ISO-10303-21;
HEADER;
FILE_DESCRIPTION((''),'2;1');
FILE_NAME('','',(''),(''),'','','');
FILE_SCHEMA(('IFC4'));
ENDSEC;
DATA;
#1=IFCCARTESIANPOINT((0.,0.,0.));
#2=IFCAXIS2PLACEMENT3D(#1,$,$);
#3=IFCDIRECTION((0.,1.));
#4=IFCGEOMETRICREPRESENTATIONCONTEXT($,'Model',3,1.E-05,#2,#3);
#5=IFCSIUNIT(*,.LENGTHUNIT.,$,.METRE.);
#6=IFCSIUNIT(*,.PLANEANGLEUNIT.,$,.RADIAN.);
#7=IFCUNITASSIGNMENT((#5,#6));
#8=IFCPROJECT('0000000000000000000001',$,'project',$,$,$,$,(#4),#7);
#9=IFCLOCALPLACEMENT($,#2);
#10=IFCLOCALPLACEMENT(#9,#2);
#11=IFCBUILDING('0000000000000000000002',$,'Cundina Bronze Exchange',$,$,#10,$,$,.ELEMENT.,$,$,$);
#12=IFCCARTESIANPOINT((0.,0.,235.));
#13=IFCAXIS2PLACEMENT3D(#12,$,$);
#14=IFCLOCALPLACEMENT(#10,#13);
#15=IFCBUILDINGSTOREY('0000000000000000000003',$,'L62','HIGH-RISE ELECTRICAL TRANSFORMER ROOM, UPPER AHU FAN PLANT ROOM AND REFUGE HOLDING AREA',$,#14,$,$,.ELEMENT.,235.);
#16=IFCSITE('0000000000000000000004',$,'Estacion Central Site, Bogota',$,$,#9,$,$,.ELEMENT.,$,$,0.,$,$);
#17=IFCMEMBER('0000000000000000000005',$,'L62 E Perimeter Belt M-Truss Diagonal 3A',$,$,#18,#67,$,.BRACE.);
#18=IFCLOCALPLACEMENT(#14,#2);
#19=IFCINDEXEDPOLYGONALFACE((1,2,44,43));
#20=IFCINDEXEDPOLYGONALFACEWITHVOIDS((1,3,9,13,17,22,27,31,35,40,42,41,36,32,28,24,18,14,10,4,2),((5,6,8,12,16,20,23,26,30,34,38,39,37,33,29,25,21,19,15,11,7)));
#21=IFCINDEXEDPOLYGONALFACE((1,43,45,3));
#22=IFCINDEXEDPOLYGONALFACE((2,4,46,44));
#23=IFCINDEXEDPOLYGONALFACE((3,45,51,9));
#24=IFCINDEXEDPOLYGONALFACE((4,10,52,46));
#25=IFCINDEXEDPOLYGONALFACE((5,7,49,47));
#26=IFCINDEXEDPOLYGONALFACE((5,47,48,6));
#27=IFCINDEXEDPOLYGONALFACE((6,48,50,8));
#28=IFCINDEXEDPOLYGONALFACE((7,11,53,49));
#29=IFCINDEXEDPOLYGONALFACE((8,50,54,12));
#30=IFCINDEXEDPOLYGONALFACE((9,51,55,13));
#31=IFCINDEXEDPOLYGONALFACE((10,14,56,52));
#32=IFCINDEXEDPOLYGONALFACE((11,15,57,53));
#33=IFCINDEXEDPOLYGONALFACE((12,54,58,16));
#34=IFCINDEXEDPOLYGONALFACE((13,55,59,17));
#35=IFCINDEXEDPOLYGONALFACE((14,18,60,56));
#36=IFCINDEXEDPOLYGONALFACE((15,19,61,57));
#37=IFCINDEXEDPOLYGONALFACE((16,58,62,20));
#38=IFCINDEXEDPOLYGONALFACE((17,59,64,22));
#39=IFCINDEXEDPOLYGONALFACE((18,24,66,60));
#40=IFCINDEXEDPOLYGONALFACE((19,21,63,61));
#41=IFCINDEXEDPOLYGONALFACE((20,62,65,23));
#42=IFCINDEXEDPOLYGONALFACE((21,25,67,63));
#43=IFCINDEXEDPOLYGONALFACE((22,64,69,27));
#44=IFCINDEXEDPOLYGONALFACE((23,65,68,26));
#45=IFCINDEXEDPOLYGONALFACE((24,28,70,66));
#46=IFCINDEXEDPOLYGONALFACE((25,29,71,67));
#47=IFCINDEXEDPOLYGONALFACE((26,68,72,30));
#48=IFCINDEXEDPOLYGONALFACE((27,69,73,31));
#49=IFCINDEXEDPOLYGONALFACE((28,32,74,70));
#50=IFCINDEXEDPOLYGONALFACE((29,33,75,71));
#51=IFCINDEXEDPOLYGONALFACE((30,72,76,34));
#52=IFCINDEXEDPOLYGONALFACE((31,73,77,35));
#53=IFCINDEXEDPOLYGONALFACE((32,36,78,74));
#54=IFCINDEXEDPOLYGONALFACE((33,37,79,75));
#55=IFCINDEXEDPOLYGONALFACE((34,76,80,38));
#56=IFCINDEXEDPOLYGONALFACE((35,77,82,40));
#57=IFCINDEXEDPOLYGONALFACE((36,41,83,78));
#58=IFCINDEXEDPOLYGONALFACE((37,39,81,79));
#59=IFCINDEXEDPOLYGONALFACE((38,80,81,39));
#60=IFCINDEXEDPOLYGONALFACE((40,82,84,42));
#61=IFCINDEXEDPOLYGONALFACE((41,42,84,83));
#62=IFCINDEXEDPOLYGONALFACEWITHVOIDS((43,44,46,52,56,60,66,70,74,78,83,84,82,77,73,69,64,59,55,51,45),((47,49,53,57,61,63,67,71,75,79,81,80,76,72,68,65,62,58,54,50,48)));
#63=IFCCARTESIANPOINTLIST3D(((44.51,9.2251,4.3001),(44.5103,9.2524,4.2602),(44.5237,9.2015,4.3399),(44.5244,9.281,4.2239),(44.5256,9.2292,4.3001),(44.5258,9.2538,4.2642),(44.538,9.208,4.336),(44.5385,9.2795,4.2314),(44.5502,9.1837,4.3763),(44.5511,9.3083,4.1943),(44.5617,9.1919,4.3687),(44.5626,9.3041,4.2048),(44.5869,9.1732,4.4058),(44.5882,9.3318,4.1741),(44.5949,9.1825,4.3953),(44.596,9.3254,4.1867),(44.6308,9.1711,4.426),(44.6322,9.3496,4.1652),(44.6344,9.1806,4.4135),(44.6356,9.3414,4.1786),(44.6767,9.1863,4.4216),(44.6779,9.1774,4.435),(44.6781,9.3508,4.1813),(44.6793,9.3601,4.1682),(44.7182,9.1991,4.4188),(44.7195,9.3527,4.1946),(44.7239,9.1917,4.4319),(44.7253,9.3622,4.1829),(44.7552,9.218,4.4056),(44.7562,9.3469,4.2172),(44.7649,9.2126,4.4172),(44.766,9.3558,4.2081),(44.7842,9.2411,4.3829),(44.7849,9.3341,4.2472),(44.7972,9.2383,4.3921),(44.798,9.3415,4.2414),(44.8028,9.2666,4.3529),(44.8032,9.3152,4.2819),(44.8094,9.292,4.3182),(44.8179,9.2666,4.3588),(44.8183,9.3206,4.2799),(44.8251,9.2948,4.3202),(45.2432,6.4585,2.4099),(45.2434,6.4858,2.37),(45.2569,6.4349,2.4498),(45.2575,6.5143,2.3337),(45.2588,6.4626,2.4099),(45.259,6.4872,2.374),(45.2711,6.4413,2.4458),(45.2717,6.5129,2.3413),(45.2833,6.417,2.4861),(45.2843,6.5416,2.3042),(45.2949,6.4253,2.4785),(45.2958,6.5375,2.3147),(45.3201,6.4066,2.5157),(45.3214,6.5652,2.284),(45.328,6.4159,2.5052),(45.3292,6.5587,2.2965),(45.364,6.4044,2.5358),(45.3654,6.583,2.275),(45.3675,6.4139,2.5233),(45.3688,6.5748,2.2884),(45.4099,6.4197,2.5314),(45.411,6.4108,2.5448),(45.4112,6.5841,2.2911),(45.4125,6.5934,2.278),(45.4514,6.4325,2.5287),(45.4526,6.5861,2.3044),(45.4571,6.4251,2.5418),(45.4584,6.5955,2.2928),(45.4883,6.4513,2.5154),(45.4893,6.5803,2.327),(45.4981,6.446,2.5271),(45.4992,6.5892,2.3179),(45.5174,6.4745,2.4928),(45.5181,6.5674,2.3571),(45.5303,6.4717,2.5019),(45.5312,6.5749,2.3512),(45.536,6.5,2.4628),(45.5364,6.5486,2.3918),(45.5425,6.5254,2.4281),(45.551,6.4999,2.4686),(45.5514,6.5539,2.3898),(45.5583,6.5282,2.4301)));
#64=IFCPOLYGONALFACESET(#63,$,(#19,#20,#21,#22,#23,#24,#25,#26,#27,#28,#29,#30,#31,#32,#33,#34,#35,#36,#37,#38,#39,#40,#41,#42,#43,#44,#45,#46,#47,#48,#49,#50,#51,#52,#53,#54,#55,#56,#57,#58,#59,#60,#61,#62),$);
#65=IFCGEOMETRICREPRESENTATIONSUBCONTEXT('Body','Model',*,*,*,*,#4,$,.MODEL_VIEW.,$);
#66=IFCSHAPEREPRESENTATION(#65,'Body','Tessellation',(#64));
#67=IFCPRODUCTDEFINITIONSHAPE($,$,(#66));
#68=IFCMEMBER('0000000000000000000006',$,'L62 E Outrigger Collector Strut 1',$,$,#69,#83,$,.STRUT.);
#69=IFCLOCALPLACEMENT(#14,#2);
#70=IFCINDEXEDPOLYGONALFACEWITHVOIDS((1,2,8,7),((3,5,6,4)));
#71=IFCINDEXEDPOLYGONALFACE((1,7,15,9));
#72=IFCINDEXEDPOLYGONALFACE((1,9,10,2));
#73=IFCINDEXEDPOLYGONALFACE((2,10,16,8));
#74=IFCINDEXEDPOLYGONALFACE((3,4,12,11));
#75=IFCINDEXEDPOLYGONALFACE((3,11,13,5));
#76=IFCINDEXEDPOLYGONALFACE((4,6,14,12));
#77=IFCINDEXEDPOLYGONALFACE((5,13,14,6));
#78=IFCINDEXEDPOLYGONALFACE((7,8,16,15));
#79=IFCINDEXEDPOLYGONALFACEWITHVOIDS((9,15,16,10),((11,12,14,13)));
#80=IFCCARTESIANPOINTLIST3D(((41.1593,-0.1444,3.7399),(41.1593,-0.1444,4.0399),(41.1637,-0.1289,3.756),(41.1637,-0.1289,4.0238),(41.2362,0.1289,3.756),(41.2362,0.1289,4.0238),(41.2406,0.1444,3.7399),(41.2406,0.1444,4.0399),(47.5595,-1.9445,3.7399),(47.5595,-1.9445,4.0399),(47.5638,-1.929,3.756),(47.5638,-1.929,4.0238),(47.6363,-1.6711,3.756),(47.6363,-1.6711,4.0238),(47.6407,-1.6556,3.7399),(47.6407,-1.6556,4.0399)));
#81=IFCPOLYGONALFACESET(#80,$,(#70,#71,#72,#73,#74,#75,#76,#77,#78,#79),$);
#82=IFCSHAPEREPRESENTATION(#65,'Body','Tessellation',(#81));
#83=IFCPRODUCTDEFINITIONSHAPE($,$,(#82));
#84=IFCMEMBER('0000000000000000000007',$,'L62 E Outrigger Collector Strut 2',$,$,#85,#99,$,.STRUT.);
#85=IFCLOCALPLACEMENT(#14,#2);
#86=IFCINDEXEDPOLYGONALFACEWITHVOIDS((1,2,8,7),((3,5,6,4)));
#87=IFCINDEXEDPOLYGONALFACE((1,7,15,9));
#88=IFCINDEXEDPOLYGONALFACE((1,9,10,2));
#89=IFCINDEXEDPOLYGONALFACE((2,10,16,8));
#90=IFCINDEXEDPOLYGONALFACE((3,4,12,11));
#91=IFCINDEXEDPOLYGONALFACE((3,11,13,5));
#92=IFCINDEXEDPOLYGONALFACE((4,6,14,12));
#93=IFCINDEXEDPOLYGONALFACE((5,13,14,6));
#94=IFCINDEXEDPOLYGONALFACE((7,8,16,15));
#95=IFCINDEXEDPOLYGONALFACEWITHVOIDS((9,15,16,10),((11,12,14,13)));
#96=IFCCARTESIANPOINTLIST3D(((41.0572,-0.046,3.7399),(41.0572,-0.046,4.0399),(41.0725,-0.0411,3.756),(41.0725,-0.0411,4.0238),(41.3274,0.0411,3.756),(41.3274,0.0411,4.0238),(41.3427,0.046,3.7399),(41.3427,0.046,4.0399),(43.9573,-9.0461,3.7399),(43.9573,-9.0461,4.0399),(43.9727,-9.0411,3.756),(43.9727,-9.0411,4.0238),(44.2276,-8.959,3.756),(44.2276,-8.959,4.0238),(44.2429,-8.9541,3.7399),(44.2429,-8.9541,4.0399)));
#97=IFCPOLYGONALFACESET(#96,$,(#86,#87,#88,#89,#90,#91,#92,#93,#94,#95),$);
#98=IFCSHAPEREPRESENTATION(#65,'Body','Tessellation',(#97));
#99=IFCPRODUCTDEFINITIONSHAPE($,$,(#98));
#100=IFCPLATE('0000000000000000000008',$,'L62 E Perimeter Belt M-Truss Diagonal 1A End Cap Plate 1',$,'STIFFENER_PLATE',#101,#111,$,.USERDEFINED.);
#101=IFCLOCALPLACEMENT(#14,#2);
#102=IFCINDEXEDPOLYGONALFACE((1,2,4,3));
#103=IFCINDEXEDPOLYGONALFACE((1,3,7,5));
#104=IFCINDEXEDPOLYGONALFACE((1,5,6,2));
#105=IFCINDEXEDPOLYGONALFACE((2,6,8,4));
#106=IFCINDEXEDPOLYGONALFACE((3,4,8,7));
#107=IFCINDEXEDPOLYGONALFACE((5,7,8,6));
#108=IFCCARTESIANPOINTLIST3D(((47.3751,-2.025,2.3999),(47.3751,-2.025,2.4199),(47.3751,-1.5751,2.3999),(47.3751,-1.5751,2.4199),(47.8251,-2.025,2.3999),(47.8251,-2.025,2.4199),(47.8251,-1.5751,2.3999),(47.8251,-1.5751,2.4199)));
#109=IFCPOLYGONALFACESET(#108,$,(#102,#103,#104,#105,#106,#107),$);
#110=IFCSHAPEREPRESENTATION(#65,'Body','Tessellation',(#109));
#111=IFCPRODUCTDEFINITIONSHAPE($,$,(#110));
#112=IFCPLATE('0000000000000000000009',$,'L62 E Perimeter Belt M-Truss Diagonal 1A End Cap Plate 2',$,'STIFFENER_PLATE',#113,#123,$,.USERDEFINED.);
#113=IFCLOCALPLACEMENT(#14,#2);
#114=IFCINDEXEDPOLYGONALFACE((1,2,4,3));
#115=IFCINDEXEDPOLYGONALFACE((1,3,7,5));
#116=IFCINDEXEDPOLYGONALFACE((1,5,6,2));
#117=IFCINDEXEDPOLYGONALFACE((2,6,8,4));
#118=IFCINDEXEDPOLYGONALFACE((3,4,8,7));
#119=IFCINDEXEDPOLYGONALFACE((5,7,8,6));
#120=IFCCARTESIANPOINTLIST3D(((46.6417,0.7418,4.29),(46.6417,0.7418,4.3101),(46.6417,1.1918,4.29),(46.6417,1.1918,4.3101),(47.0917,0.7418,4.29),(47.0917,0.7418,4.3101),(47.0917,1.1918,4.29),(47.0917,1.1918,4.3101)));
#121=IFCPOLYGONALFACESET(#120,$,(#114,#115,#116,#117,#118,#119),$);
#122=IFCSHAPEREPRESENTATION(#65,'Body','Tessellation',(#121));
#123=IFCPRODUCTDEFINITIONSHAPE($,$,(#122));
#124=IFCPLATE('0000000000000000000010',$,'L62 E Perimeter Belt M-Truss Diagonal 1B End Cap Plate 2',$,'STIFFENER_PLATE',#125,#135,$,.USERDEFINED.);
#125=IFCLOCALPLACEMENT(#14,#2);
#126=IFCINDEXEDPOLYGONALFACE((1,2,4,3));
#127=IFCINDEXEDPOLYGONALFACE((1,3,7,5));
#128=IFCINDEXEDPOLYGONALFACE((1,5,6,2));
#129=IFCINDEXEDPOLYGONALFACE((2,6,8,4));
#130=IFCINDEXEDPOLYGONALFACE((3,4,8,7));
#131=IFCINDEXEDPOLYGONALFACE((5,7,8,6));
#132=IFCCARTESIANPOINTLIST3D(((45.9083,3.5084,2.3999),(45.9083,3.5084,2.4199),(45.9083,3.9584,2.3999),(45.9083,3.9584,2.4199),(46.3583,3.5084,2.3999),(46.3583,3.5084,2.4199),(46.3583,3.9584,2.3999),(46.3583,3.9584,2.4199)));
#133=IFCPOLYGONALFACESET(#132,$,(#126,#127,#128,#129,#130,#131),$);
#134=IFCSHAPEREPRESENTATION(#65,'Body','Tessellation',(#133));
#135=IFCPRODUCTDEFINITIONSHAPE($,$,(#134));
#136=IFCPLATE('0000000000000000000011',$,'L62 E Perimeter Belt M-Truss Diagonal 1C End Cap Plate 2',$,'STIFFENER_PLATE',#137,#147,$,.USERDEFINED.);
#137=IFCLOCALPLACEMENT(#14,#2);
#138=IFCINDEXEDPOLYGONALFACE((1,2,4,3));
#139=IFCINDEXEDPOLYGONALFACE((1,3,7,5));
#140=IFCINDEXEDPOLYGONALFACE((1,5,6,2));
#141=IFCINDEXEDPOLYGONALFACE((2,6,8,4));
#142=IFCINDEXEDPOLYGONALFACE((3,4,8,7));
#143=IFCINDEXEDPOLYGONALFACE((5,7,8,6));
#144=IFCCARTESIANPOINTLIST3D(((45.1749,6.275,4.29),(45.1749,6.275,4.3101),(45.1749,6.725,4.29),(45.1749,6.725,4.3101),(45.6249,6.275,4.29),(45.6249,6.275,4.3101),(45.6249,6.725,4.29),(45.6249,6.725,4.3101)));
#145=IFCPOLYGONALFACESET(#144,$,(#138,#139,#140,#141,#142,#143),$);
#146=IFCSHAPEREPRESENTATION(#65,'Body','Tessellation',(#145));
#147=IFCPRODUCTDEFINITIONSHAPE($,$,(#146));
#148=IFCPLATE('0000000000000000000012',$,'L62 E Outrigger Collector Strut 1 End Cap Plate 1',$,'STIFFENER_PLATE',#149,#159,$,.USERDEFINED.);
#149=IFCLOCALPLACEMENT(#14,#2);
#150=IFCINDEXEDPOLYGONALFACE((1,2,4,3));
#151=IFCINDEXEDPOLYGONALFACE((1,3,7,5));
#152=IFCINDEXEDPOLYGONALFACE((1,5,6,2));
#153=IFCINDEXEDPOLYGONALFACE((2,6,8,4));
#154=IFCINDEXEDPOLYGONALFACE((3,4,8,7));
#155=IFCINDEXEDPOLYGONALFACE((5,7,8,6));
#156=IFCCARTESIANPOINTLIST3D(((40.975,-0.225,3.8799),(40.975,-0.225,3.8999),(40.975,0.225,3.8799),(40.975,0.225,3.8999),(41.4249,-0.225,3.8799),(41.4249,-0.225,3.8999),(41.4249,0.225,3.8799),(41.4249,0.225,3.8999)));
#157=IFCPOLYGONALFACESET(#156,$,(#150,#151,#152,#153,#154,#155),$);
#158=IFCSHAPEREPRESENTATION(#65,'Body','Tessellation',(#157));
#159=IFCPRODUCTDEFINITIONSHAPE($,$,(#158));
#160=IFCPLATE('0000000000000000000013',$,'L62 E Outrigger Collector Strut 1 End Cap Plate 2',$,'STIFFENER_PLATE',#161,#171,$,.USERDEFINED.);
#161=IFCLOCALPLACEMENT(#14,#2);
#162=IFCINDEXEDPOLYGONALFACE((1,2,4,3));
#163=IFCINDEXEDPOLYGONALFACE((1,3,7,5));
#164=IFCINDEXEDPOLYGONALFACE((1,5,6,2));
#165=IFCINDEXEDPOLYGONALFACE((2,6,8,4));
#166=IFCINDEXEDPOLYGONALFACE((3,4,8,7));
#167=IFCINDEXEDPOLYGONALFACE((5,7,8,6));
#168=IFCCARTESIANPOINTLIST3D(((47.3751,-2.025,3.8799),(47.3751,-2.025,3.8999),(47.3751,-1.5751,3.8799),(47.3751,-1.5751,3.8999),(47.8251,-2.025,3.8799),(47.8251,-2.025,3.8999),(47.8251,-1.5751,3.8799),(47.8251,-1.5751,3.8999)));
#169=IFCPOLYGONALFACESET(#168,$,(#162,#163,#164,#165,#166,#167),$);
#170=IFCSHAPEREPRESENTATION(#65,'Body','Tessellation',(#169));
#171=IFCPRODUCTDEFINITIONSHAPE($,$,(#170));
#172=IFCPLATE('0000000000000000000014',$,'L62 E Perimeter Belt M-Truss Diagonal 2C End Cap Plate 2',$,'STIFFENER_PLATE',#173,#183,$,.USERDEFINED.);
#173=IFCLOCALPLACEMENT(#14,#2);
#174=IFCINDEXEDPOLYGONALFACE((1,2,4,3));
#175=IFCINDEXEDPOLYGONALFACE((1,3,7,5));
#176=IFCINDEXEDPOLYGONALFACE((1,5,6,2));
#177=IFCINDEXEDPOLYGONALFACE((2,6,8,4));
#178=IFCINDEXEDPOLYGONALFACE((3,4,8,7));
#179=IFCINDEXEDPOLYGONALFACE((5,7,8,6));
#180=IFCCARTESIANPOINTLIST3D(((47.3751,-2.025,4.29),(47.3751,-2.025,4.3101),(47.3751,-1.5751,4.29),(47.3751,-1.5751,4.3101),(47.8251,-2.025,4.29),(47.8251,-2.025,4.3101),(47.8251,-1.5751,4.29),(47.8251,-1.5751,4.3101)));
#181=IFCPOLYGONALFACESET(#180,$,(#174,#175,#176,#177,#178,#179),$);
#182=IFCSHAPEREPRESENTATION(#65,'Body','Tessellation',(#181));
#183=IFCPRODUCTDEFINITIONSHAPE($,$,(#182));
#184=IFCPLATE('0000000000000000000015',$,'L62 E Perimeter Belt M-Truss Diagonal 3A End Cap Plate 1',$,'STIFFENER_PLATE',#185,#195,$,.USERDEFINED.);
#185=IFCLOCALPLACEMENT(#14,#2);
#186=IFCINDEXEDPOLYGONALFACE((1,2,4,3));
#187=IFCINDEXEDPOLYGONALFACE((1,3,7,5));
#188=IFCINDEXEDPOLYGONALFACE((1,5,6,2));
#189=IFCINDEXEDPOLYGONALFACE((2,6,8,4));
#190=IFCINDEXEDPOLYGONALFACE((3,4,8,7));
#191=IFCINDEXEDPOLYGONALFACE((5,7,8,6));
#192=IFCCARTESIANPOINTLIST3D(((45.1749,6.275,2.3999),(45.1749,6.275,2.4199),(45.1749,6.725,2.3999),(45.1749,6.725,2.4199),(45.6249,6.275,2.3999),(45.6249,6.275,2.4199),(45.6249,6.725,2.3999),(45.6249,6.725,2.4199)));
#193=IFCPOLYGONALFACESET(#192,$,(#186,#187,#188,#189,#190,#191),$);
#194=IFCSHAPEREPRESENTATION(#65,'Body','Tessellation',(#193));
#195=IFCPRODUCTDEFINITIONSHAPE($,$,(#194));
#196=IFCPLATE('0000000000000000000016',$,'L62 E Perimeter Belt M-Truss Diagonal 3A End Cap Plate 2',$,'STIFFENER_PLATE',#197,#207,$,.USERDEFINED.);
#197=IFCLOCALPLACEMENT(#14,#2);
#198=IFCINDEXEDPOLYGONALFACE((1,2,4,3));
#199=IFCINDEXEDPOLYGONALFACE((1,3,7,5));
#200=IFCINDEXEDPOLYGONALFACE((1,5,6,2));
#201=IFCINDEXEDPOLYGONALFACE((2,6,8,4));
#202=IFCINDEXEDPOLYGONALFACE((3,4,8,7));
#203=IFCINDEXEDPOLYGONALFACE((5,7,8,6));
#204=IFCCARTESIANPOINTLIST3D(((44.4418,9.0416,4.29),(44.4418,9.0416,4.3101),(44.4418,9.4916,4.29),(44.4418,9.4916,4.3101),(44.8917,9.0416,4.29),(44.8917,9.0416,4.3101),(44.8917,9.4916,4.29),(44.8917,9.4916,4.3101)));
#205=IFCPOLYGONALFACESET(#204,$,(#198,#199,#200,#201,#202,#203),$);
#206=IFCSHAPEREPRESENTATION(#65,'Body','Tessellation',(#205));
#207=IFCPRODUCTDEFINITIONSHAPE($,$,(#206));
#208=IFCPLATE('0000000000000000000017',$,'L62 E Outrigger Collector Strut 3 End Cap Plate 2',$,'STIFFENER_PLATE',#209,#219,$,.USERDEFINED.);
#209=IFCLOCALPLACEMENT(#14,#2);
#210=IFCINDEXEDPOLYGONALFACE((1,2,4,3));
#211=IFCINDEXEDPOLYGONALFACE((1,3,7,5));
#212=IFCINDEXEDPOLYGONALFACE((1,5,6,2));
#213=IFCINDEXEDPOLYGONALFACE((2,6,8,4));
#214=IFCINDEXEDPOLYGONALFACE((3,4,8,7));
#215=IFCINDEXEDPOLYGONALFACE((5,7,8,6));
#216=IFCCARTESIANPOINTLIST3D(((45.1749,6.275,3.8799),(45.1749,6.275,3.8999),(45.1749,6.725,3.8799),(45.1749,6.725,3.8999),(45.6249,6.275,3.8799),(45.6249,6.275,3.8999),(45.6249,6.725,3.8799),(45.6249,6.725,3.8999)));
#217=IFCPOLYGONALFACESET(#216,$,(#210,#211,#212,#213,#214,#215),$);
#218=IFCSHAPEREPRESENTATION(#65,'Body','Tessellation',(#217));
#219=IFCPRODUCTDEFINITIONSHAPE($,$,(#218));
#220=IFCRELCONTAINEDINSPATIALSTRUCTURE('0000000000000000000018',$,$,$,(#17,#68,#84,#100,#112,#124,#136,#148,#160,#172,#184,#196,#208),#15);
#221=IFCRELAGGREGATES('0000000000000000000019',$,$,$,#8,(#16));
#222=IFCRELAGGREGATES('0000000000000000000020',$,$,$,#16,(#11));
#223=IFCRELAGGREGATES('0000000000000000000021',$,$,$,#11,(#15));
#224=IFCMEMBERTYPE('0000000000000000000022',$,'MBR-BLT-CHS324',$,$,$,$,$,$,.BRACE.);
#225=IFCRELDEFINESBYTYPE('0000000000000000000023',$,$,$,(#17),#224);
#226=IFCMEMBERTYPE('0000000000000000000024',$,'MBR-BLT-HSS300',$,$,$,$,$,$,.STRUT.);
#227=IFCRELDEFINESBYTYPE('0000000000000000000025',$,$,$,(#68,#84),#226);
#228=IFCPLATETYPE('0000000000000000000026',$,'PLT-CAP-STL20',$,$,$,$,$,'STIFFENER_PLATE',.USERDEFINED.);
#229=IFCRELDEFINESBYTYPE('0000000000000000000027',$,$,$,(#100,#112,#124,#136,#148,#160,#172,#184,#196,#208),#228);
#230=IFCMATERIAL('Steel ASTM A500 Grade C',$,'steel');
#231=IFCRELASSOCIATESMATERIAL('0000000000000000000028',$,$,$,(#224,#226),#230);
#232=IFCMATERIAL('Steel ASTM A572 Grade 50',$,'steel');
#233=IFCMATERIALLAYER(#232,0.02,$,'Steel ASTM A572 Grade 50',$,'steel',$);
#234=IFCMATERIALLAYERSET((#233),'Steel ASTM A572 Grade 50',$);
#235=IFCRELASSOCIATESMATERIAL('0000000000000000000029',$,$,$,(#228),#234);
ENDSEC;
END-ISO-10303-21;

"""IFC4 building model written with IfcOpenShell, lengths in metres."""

from ifc_helpers import new_model, si_unit, direction, frame, origin, origin_2d, place, context, subcontext, project, spatial, rectangle, hollow_rectangle, hollow_circle, extrude, material, layer, layer_set, material_profile, profile_set, type_object, element, save


model = new_model("IFC4")

# Units and contexts
model_context = context("Model", 3, precision=1e-05, world=origin(), true_north=direction((0.0, 1.0)))
body_context = subcontext(model_context, "Body", "Model", "MODEL_VIEW")
ifc_project = project(units=[si_unit("LENGTHUNIT", "METRE"), si_unit("PLANEANGLEUNIT", "RADIAN")], contexts=[model_context])

# Site, building, storey
site_placement = place(None, origin())
site = spatial("IfcSite", under=ifc_project, at=site_placement, Name="Estacion Central Site, Bogota", CompositionType="ELEMENT", RefElevation=0.0)
building_placement = place(site_placement, origin())
building = spatial("IfcBuilding", under=site, at=building_placement, Name="Cundina Bronze Exchange", CompositionType="ELEMENT")
storey_placement = place(building_placement, frame((0.0, 0.0, 235.0)))
storey = spatial("IfcBuildingStorey", under=building, at=storey_placement, Name="L62", Description="HIGH-RISE ELECTRICAL TRANSFORMER ROOM, UPPER AHU FAN PLANT ROOM AND REFUGE HOLDING AREA", CompositionType="ELEMENT", Elevation=235.0)

# Members
ifc_material_1 = material(Name="Steel ASTM A500 Grade C", Category="steel")
ifc_material_profile_1 = material_profile(ifc_material_1, hollow_circle(Radius=0.1621, WallThickness=0.0161, at=origin_2d()), Name="CHS324X16", Category="steel")
ifc_profile_set_1 = profile_set([ifc_material_profile_1], Name="Steel ASTM A500 Grade C")
member_type_1 = type_object("IfcMemberType", Name="MBR-BLT-CHS324", PredefinedType="BRACE", material=ifc_profile_set_1)
for number, where, z_axis, x_axis, name in (
    (1, (45.3999, 6.5, 2.4099), (-0.213754, 0.806613, 0.551076), (-0.966634, -0.25616, 0.0), "L62 E Perimeter Belt M-Truss Diagonal 3A"),
):
    element("IfcMember", number, at=place(storey_placement, frame(where, z_axis=z_axis, x_axis=x_axis)), inside=storey, type_object=member_type_1, Name=name, PredefinedType="BRACE", context=body_context, shape_type="SweptSolid", body=[
        extrude(hollow_circle(Radius=0.1621, WallThickness=0.0161, at=origin_2d()), origin(), (0.0, 0.0, 1.0), 3.4299),
    ])
ifc_material_profile_2 = material_profile(ifc_material_1, hollow_rectangle(XDim=0.3, YDim=0.3, WallThickness=0.0161, at=origin_2d()), Name="HSS300X300X16", Category="steel")
ifc_profile_set_2 = profile_set([ifc_material_profile_2], Name="Steel ASTM A500 Grade C")
member_type_2 = type_object("IfcMemberType", Name="MBR-BLT-HSS300", PredefinedType="STRUT", material=ifc_profile_set_2)
member_1_placement = place(storey_placement, frame((41.2, 0.0, 3.8899), z_axis=(0.962651, -0.270747, 0.0), x_axis=(0.270747, 0.962651, 0.0)))
element("IfcMember", 2, at=member_1_placement, inside=storey, type_object=member_type_2, Name="L62 E Outrigger Collector Strut 1", PredefinedType="STRUT", context=body_context, shape_type="SweptSolid", body=[
    extrude(hollow_rectangle(XDim=0.3, YDim=0.3, WallThickness=0.0161, at=origin_2d()), origin(), (0.0, 0.0, 1.0), 6.6484),
])
member_2_placement = place(storey_placement, frame((41.2, 0.0, 3.8899), z_axis=(0.306708, -0.951804, 0.0), x_axis=(0.951804, 0.306708, 0.0)))
element("IfcMember", 3, at=member_2_placement, inside=storey, type_object=member_type_2, Name="L62 E Outrigger Collector Strut 2", PredefinedType="STRUT", context=body_context, shape_type="SweptSolid", body=[
    extrude(hollow_rectangle(XDim=0.3, YDim=0.3, WallThickness=0.0161, at=origin_2d()), origin(), (0.0, 0.0, 1.0), 9.4558),
])

# Plates
ifc_material_2 = material(Name="Steel ASTM A572 Grade 50", Category="steel")
ifc_layer_1 = layer(ifc_material_2, 0.02, Name="Steel ASTM A572 Grade 50", Category="steel")
ifc_layer_set_1 = layer_set([ifc_layer_1], Name="Steel ASTM A572 Grade 50")
plate_type = type_object("IfcPlateType", Name="PLT-CAP-STL20", ElementType="STIFFENER_PLATE", PredefinedType="USERDEFINED", material=ifc_layer_set_1)
for number, where, z_axis, x_axis, name in (
    (4, (47.6001, -1.8, 2.3999), (0.0, 0.0, 1.0), (1.0, 0.0, 0.0), "L62 E Perimeter Belt M-Truss Diagonal 1A End Cap Plate 1"),
    (5, (46.8667, 0.9668, 4.29), (0.0, 0.0, 1.0), (1.0, 0.0, 0.0), "L62 E Perimeter Belt M-Truss Diagonal 1A End Cap Plate 2"),
    (6, (46.1333, 3.7334, 2.3999), (0.0, 0.0, 1.0), (1.0, 0.0, 0.0), "L62 E Perimeter Belt M-Truss Diagonal 1B End Cap Plate 2"),
    (7, (45.3999, 6.5, 4.29), (0.0, 0.0, 1.0), (1.0, 0.0, 0.0), "L62 E Perimeter Belt M-Truss Diagonal 1C End Cap Plate 2"),
    (8, (41.2, 0.0, 3.8799), (0.0, 0.0, 1.0), (1.0, 0.0, 0.0), "L62 E Outrigger Collector Strut 1 End Cap Plate 1"),
    (9, (47.6001, -1.8, 3.8799), (0.0, 0.0, 1.0), (1.0, 0.0, 0.0), "L62 E Outrigger Collector Strut 1 End Cap Plate 2"),
    (10, (47.6001, -1.8, 4.29), (0.0, 0.0, 1.0), (1.0, 0.0, 0.0), "L62 E Perimeter Belt M-Truss Diagonal 2C End Cap Plate 2"),
    (11, (45.3999, 6.5, 2.3999), (0.0, 0.0, 1.0), (1.0, 0.0, 0.0), "L62 E Perimeter Belt M-Truss Diagonal 3A End Cap Plate 1"),
    (12, (44.6667, 9.2666, 4.29), (0.0, 0.0, 1.0), (1.0, 0.0, 0.0), "L62 E Perimeter Belt M-Truss Diagonal 3A End Cap Plate 2"),
    (13, (45.3999, 6.5, 3.8799), (0.0, 0.0, 1.0), (1.0, 0.0, 0.0), "L62 E Outrigger Collector Strut 3 End Cap Plate 2"),
):
    element("IfcPlate", number, at=place(storey_placement, frame(where, z_axis=z_axis, x_axis=x_axis)), inside=storey, type_object=plate_type, Name=name, ObjectType="STIFFENER_PLATE", PredefinedType="USERDEFINED", context=body_context, shape_type="SweptSolid", body=[
        extrude(rectangle(XDim=0.45, YDim=0.45, at=origin_2d()), origin(), (0.0, 0.0, 1.0), 0.02),
    ])

save(model, "model.ifc")
